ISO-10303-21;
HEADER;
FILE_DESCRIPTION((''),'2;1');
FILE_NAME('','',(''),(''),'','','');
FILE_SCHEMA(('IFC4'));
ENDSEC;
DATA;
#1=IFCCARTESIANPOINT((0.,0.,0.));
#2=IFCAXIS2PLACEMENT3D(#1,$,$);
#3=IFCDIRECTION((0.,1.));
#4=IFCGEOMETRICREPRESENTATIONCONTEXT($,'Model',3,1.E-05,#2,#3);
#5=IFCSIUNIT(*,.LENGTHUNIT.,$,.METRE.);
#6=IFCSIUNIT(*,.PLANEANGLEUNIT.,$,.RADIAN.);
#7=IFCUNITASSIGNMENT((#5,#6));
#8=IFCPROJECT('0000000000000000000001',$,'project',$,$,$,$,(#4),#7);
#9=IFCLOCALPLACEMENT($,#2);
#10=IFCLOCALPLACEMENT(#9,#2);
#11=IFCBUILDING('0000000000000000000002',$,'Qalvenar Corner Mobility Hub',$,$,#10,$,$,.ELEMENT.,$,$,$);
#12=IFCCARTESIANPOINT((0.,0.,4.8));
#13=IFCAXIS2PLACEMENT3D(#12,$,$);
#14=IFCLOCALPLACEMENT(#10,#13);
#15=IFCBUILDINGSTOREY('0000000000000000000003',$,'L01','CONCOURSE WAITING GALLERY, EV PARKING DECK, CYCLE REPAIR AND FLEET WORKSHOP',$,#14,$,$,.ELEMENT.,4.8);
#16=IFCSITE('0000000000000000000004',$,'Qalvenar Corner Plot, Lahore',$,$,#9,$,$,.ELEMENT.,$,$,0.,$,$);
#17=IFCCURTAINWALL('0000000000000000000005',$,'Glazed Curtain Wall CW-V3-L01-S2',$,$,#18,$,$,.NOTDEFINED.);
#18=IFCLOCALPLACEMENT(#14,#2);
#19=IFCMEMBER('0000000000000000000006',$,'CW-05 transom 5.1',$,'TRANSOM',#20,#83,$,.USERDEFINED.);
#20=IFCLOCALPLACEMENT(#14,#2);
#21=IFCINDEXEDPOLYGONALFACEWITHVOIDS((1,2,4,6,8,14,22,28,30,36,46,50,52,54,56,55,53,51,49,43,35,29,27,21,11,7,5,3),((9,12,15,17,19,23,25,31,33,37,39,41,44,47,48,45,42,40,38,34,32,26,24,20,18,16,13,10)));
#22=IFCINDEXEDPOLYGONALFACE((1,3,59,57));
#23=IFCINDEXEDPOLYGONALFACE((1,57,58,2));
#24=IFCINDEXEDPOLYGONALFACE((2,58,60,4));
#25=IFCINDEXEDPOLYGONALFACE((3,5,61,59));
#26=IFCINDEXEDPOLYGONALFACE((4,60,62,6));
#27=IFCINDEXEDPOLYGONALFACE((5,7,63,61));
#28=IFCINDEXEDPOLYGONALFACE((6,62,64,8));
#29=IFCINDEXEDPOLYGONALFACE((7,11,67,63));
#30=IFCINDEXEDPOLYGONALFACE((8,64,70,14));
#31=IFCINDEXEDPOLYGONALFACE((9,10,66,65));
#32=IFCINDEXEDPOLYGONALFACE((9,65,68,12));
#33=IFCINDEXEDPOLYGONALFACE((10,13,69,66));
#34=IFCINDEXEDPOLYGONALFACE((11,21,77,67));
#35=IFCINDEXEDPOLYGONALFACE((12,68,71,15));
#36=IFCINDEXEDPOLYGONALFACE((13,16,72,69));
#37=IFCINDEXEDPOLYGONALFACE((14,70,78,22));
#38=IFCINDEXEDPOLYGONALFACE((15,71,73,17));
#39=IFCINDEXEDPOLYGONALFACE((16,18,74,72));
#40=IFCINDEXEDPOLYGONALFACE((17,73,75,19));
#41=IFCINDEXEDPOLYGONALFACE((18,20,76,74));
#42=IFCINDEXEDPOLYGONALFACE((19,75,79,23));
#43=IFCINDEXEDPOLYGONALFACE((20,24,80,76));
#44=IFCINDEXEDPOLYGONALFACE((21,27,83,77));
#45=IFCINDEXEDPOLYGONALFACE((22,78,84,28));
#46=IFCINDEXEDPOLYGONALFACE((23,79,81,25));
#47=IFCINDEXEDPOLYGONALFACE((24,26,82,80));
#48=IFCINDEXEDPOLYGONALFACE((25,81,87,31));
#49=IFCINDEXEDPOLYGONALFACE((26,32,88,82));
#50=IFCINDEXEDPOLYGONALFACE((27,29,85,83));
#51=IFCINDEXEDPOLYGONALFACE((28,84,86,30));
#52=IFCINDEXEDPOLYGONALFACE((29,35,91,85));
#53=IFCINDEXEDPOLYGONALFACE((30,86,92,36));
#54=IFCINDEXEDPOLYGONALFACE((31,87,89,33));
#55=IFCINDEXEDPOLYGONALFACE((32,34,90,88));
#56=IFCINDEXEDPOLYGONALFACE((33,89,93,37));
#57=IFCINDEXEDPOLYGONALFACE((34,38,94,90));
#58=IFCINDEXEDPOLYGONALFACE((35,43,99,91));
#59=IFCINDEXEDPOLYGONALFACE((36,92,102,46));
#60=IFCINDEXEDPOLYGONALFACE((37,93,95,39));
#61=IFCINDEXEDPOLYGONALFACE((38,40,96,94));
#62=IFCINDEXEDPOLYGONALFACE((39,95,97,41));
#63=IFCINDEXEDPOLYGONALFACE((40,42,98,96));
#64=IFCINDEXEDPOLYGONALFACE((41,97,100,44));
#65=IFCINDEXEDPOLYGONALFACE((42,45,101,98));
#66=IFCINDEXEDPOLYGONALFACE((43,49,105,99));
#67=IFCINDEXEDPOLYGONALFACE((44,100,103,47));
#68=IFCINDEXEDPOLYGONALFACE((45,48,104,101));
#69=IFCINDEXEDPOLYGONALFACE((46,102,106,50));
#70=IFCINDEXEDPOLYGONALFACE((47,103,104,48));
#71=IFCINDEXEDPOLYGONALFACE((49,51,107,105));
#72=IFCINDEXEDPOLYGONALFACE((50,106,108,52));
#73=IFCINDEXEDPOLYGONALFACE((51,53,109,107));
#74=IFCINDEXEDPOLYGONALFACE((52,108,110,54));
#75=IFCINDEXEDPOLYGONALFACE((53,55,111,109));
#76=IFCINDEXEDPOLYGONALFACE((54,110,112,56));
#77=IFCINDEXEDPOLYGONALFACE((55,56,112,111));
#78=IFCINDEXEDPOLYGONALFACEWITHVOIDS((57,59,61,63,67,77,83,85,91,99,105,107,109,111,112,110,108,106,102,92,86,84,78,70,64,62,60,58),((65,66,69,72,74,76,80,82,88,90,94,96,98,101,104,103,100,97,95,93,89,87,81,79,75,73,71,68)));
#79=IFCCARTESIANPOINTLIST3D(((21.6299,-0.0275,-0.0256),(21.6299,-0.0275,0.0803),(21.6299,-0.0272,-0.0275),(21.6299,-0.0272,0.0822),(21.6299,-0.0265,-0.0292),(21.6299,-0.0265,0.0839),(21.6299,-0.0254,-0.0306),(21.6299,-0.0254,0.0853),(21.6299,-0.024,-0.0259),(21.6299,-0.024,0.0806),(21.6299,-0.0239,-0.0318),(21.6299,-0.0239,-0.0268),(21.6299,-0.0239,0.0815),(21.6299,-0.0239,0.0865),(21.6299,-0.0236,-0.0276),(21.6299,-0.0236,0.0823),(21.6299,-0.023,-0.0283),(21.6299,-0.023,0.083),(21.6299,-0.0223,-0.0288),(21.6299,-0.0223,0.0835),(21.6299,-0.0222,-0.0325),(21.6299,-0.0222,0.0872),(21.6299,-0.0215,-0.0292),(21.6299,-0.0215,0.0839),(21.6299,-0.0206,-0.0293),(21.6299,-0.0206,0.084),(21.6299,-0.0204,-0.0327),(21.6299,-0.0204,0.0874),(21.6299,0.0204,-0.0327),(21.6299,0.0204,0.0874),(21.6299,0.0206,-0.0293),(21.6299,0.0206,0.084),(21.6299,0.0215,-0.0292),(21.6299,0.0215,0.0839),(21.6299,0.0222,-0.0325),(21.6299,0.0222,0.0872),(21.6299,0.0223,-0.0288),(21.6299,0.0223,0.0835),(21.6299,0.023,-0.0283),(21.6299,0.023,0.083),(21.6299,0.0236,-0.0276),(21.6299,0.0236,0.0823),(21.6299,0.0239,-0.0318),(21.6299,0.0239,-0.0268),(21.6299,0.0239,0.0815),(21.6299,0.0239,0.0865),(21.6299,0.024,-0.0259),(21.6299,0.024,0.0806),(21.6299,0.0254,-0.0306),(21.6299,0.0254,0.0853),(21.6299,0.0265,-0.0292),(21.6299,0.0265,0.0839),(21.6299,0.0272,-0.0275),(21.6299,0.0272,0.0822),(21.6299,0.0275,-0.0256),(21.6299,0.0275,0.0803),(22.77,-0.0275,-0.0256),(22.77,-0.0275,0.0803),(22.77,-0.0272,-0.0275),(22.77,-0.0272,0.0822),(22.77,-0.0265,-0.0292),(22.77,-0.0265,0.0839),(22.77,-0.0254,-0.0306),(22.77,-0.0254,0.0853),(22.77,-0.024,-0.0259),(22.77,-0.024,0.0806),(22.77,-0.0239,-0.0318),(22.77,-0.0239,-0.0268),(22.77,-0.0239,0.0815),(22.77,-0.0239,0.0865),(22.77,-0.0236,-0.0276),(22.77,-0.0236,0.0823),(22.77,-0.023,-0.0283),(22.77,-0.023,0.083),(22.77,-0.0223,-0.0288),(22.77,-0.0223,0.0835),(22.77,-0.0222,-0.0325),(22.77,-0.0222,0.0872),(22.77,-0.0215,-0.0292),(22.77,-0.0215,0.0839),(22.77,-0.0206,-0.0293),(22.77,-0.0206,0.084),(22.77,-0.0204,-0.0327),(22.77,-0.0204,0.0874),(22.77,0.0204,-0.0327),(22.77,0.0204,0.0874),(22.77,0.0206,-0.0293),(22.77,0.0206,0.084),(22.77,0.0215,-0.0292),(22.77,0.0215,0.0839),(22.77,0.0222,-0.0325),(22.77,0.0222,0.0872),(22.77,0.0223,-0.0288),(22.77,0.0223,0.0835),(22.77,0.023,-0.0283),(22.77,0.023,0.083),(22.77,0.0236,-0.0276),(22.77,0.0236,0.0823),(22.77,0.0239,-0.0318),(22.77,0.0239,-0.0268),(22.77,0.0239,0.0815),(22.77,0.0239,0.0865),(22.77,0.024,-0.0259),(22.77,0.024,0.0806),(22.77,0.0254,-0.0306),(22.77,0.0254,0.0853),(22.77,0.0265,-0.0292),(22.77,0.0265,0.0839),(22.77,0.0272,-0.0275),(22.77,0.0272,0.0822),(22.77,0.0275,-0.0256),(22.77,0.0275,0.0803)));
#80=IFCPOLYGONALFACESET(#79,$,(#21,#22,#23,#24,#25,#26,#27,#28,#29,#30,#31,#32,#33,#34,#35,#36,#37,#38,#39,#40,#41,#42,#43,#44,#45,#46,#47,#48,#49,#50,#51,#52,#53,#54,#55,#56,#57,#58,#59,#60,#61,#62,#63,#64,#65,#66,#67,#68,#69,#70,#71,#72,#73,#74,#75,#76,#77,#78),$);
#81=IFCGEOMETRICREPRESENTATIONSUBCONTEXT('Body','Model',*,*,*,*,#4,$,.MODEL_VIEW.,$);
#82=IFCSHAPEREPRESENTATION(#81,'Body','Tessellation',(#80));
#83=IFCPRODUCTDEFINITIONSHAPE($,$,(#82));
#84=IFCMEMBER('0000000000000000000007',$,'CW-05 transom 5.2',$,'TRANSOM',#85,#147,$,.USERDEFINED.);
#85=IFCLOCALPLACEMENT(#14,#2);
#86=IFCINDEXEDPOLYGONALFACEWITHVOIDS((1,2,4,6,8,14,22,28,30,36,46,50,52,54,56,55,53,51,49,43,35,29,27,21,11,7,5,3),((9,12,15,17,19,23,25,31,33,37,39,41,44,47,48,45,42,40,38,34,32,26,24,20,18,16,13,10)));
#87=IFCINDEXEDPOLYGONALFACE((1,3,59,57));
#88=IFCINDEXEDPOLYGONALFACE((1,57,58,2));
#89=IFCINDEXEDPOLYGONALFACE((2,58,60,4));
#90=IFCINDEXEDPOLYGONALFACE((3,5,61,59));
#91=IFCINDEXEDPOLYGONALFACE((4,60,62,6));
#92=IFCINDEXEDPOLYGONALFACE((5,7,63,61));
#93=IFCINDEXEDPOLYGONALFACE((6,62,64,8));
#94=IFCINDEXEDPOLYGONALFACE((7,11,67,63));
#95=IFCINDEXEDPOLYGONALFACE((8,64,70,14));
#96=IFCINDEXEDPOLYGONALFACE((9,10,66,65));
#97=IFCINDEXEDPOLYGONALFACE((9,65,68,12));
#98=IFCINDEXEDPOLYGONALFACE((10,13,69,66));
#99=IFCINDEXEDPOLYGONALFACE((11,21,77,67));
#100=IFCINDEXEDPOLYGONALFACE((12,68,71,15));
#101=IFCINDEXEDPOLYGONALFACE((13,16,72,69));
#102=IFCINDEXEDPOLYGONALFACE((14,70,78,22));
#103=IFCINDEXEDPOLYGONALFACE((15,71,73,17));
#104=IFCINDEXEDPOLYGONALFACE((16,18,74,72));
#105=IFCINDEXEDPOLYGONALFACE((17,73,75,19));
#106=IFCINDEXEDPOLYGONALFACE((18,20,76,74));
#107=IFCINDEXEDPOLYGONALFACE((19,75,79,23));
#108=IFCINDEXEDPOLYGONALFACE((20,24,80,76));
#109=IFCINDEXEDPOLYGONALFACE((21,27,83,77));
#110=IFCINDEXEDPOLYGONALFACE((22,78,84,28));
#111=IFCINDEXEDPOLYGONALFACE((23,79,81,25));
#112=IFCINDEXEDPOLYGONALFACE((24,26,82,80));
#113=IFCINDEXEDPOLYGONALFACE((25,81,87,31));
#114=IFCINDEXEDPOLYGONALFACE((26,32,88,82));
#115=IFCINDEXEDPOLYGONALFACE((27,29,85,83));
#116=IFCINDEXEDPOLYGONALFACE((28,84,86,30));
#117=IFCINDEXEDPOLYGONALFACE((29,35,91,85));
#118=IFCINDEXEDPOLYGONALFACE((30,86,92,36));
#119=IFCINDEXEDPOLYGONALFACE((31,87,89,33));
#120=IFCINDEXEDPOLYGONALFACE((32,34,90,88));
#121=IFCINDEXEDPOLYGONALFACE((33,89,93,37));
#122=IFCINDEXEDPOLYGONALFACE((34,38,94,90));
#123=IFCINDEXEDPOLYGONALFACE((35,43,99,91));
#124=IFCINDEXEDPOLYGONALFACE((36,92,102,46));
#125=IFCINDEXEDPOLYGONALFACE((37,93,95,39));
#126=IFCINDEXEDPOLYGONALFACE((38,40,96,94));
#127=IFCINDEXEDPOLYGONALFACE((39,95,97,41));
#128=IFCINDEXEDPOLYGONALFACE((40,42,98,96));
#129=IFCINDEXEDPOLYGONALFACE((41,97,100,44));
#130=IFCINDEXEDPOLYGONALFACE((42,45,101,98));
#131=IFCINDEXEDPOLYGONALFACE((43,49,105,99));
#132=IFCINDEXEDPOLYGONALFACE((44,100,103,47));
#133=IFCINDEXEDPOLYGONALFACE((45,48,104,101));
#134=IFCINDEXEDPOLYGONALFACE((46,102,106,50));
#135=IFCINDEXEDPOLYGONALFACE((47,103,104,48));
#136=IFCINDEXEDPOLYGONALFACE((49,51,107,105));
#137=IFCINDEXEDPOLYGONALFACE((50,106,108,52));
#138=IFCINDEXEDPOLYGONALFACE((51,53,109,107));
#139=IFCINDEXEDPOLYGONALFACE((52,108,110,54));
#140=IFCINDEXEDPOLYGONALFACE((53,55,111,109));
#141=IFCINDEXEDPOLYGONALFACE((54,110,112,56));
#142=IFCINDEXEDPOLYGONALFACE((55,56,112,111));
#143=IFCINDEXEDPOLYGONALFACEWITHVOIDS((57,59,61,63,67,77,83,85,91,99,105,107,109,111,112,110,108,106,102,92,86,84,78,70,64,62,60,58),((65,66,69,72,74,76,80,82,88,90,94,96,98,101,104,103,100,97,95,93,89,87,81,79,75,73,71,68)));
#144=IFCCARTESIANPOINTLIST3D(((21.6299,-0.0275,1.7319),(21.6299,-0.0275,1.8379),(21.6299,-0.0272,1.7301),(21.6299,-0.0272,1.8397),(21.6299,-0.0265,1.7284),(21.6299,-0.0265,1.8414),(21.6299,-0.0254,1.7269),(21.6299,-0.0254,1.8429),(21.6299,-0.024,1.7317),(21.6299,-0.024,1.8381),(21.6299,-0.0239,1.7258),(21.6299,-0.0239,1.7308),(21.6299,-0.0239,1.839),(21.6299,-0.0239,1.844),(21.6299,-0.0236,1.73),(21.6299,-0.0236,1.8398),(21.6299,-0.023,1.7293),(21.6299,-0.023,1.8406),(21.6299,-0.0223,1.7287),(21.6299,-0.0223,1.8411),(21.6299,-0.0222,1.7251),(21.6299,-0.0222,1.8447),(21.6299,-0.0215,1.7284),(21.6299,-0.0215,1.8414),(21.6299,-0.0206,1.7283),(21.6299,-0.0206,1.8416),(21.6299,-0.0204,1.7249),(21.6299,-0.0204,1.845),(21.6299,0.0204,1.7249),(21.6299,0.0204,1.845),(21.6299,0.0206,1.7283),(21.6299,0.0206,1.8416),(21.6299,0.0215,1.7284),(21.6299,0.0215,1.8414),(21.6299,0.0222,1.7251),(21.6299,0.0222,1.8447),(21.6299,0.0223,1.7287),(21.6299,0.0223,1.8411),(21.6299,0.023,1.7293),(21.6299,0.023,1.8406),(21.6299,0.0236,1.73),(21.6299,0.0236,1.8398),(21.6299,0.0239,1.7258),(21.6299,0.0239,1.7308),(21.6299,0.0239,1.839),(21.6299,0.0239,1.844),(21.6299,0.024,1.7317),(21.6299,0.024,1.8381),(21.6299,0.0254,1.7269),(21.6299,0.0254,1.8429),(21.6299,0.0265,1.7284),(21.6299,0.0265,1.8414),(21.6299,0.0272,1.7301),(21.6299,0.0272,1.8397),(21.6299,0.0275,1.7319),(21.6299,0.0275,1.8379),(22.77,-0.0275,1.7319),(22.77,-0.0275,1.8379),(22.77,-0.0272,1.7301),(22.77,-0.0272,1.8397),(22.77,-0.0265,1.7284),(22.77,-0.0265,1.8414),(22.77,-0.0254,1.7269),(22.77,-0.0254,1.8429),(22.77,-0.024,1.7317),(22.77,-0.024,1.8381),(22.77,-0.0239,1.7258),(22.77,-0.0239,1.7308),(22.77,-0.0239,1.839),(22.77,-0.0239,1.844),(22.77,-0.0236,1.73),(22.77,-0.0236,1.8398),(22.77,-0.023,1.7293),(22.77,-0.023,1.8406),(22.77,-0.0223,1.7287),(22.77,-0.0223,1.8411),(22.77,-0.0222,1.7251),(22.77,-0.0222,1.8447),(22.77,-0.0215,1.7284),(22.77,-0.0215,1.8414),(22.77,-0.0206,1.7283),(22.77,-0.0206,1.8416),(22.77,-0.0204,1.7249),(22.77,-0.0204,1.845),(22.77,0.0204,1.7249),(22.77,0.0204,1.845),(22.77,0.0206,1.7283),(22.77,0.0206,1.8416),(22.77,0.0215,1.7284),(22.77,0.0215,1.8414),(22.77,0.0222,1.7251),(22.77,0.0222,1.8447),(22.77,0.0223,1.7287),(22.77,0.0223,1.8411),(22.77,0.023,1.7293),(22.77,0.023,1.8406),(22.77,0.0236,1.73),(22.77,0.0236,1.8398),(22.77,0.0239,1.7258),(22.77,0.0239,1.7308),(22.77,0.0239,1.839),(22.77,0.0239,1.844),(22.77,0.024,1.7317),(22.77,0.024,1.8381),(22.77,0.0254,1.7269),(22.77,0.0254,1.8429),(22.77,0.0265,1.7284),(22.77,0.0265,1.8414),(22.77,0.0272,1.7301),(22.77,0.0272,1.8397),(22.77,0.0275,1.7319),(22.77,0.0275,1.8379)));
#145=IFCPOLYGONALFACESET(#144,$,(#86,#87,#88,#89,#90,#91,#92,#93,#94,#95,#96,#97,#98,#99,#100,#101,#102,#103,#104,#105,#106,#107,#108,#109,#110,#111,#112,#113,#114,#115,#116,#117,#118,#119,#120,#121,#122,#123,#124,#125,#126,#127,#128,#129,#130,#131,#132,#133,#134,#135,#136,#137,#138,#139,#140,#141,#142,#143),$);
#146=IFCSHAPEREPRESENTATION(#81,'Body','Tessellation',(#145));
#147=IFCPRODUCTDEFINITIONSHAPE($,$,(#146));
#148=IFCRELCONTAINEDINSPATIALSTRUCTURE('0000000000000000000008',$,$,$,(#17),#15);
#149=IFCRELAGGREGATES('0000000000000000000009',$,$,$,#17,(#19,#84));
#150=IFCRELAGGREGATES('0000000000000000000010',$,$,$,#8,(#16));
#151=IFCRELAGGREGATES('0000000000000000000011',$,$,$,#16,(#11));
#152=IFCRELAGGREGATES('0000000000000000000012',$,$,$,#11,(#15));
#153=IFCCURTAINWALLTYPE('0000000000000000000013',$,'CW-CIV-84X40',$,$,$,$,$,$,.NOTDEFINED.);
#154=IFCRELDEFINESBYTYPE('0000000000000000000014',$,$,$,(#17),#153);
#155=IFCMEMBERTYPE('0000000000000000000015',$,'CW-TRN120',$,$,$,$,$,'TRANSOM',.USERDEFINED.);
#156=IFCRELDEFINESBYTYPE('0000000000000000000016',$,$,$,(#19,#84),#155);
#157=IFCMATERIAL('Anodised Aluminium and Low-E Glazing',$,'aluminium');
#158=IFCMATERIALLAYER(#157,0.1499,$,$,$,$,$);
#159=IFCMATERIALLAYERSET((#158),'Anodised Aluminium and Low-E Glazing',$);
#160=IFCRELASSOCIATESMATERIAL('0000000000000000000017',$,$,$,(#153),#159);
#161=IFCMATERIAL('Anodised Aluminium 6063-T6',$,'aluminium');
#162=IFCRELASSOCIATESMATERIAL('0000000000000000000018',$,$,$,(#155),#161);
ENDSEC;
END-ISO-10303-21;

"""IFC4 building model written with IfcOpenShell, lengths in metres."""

from ifc_helpers import new_model, si_unit, direction, frame, origin, origin_2d, place, context, subcontext, project, spatial, hollow_rectangle, extrude, material, layer, layer_set, material_profile, profile_set, type_object, element, aggregate, save


model = new_model("IFC4")

# Units and contexts
model_context = context("Model", 3, precision=1e-05, world=origin(), true_north=direction((0.0, 1.0)))
body_context = subcontext(model_context, "Body", "Model", "MODEL_VIEW")
ifc_project = project(units=[si_unit("LENGTHUNIT", "METRE"), si_unit("PLANEANGLEUNIT", "RADIAN")], contexts=[model_context])

# Site, building, storey
site_placement = place(None, origin())
site = spatial("IfcSite", under=ifc_project, at=site_placement, Name="Qalvenar Corner Plot, Lahore", CompositionType="ELEMENT", RefElevation=0.0)
building_placement = place(site_placement, origin())
building = spatial("IfcBuilding", under=site, at=building_placement, Name="Qalvenar Corner Mobility Hub", CompositionType="ELEMENT")
storey_placement = place(building_placement, frame((0.0, 0.0, 4.8)))
storey = spatial("IfcBuildingStorey", under=building, at=storey_placement, Name="L01", Description="CONCOURSE WAITING GALLERY, EV PARKING DECK, CYCLE REPAIR AND FLEET WORKSHOP", CompositionType="ELEMENT", Elevation=4.8)

# Curtain wall, members
ifc_material_1 = material(Name="Anodised Aluminium and Low-E Glazing", Category="aluminium")
ifc_layer_1 = layer(ifc_material_1, 0.1499)
ifc_layer_set_1 = layer_set([ifc_layer_1], Name="Anodised Aluminium and Low-E Glazing")
curtain_wall_type = type_object("IfcCurtainWallType", Name="CW-CIV-84X40", PredefinedType="NOTDEFINED", material=ifc_layer_set_1)
curtain_wall_placement = place(storey_placement, origin())
curtain_wall = element("IfcCurtainWall", 1, at=curtain_wall_placement, inside=storey, type_object=curtain_wall_type, Name="Glazed Curtain Wall CW-V3-L01-S2", PredefinedType="NOTDEFINED")
ifc_material_2 = material(Name="Anodised Aluminium 6063-T6", Category="aluminium")
ifc_material_profile_1 = material_profile(ifc_material_2, hollow_rectangle(XDim=0.0549, YDim=0.1201, WallThickness=0.0034, InnerFilletRadius=0.0034, OuterFilletRadius=0.0071, at=origin_2d()), Name="RHS120x55x3.5")
ifc_profile_set_1 = profile_set([ifc_material_profile_1], Name="Anodised Aluminium 6063-T6")
member_type_1 = type_object("IfcMemberType", Name="CW-TRN120", ElementType="TRANSOM", PredefinedType="USERDEFINED", material=ifc_profile_set_1)
member_1_placement = place(storey_placement, frame((21.6299, 0.0, 0.0273), z_axis=(1.0, 0.0, 0.0), x_axis=(0.0, 1.0, 0.0)))
member_1 = element("IfcMember", 2, at=member_1_placement, type_object=member_type_1, Name="CW-05 transom 5.1", ObjectType="TRANSOM", PredefinedType="USERDEFINED", context=body_context, shape_type="SweptSolid", body=[
    extrude(hollow_rectangle(XDim=0.0549, YDim=0.1201, WallThickness=0.0034, InnerFilletRadius=0.0034, OuterFilletRadius=0.0071, at=origin_2d()), origin(), (0.0, 0.0, 1.0), 1.1401),
])
member_2_placement = place(storey_placement, frame((21.6299, 0.0, 1.7849), z_axis=(1.0, 0.0, 0.0), x_axis=(0.0, 1.0, 0.0)))
member_2 = element("IfcMember", 3, at=member_2_placement, type_object=member_type_1, Name="CW-05 transom 5.2", ObjectType="TRANSOM", PredefinedType="USERDEFINED", context=body_context, shape_type="SweptSolid", body=[
    extrude(hollow_rectangle(XDim=0.0549, YDim=0.1201, WallThickness=0.0034, InnerFilletRadius=0.0034, OuterFilletRadius=0.0071, at=origin_2d()), origin(), (0.0, 0.0, 1.0), 1.1401),
])
aggregate(curtain_wall, [member_1, member_2])

save(model, "model.ifc")
